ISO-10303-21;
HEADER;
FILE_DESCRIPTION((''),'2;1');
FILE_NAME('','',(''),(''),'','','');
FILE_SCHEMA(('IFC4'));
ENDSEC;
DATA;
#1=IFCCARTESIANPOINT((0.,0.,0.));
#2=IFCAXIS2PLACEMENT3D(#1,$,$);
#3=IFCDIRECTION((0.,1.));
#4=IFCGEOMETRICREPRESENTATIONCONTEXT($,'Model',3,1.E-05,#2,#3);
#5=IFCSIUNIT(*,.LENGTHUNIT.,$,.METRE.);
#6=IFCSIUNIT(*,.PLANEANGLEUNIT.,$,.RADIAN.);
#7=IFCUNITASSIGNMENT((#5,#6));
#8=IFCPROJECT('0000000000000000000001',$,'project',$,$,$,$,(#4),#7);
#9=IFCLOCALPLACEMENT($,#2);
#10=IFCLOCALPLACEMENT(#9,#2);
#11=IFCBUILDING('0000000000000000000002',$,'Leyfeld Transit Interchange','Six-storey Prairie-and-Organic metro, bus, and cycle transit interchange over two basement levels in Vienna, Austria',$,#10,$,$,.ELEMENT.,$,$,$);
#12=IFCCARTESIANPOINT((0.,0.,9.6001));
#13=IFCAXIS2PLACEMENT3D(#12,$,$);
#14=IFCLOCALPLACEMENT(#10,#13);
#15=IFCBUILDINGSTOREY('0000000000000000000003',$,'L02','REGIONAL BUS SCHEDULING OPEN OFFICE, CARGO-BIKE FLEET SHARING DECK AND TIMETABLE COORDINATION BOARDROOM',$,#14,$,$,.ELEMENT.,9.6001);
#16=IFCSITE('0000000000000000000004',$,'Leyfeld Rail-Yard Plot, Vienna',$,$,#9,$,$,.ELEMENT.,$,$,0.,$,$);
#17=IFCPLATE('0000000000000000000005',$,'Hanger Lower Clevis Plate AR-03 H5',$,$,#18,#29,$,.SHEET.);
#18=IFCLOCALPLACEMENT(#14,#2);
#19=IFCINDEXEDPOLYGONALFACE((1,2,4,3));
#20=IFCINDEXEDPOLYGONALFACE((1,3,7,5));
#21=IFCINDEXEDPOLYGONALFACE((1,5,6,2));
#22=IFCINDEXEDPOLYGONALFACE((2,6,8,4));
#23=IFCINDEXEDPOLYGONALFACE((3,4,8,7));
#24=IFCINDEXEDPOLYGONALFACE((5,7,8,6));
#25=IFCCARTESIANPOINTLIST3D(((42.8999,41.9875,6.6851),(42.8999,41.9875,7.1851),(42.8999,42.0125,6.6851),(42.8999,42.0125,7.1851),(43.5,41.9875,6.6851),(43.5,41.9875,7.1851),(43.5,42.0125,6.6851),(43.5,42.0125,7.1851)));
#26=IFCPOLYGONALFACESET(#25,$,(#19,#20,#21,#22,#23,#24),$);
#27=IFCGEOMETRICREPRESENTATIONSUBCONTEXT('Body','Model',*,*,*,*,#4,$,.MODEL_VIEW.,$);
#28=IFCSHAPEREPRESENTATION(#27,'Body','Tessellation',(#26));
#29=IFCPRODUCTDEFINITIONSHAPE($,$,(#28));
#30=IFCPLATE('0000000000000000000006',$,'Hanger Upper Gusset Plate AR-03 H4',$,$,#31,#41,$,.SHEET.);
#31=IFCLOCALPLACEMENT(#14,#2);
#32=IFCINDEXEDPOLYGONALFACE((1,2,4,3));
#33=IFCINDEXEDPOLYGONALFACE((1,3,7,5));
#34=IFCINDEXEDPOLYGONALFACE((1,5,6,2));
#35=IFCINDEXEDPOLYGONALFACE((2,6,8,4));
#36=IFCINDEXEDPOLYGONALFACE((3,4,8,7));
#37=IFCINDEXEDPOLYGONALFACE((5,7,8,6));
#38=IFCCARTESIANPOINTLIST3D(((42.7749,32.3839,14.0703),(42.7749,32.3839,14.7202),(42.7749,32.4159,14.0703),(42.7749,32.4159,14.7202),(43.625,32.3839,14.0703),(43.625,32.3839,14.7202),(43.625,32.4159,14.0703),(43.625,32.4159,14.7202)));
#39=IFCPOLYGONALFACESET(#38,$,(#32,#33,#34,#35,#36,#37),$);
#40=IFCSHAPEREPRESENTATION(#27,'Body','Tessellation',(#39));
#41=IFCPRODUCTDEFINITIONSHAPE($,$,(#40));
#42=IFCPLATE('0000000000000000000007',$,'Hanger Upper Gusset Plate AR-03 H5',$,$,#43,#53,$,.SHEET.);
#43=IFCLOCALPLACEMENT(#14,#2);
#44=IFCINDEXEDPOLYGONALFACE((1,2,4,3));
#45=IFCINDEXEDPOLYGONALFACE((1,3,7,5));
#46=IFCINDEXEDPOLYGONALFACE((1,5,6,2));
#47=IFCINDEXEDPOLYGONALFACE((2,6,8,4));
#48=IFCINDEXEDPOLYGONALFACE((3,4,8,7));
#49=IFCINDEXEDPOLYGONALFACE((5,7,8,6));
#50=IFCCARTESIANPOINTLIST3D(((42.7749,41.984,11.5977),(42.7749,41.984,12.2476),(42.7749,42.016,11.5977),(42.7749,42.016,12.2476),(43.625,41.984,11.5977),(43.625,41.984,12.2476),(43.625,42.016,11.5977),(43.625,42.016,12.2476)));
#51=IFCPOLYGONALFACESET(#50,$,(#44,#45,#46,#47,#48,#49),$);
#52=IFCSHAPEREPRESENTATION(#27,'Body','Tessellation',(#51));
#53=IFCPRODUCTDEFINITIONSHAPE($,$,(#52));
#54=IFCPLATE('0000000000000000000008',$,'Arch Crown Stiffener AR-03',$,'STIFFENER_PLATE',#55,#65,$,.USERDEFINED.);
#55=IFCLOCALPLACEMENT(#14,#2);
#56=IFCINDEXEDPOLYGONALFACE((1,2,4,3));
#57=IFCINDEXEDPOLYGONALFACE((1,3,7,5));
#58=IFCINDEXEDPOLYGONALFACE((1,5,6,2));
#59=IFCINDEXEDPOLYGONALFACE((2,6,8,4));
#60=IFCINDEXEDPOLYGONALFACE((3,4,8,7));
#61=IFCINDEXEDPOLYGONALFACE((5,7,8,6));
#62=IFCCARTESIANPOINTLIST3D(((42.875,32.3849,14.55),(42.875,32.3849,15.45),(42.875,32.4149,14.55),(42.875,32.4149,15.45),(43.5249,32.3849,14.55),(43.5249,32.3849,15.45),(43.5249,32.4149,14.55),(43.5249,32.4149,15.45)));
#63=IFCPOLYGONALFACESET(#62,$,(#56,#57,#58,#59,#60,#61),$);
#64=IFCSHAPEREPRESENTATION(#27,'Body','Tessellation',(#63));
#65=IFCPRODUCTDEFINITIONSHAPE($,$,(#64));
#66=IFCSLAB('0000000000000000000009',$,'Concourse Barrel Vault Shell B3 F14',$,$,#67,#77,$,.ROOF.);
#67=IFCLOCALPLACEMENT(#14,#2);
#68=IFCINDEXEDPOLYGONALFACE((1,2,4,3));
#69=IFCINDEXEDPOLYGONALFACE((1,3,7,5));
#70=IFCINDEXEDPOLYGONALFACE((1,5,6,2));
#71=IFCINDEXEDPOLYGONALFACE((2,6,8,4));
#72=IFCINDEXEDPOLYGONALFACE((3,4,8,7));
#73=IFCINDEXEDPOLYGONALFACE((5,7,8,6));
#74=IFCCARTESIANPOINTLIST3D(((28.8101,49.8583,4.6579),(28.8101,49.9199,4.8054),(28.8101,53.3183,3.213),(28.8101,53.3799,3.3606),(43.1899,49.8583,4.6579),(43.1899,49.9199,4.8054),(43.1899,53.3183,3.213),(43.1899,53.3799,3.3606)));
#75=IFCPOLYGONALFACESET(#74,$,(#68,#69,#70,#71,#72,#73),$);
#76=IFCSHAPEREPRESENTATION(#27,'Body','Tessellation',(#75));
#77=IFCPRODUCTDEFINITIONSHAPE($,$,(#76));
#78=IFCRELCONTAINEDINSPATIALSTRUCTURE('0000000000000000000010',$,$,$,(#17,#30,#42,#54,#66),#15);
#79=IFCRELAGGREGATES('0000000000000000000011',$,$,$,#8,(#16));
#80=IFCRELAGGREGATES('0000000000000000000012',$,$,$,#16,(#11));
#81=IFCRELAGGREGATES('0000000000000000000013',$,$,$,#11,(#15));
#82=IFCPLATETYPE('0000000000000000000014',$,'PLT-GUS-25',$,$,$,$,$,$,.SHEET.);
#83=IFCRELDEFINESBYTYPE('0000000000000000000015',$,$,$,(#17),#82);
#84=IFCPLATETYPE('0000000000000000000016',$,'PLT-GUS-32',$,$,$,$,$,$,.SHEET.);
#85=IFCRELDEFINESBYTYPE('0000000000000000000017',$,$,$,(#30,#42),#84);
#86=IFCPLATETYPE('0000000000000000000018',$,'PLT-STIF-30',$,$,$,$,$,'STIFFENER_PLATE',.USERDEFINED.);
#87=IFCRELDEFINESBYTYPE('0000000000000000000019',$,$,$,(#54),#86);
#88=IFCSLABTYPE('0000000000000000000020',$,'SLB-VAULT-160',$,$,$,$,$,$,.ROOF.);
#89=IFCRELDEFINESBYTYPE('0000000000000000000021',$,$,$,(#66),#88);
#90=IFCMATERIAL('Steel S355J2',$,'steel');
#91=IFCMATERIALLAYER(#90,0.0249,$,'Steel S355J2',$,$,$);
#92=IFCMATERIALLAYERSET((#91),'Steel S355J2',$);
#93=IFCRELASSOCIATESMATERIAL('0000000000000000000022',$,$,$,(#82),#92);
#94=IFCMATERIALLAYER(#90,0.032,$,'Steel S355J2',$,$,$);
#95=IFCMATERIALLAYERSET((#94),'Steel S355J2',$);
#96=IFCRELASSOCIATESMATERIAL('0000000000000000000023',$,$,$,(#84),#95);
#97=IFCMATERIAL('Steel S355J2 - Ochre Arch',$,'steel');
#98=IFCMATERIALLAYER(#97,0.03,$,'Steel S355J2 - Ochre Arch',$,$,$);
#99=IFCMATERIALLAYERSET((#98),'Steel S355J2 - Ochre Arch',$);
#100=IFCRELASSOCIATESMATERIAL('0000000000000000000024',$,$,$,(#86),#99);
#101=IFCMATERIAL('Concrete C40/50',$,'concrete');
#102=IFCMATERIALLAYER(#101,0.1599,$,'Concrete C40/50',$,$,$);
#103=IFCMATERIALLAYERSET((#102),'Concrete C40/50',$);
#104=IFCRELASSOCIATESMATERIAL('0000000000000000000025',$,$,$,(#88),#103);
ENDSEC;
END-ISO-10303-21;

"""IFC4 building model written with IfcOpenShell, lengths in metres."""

from ifc_helpers import new_model, si_unit, direction, frame, origin, origin_2d, place, context, subcontext, project, spatial, polyline, rectangle, outline, extrude, material, layer, layer_set, type_object, element, save


model = new_model("IFC4")

# Units and contexts
model_context = context("Model", 3, precision=1e-05, world=origin(), true_north=direction((0.0, 1.0)))
body_context = subcontext(model_context, "Body", "Model", "MODEL_VIEW")
ifc_project = project(units=[si_unit("LENGTHUNIT", "METRE"), si_unit("PLANEANGLEUNIT", "RADIAN")], contexts=[model_context])

# Site, building, storey
site_placement = place(None, origin())
site = spatial("IfcSite", under=ifc_project, at=site_placement, Name="Leyfeld Rail-Yard Plot, Vienna", CompositionType="ELEMENT", RefElevation=0.0)
building_placement = place(site_placement, origin())
building = spatial("IfcBuilding", under=site, at=building_placement, Name="Leyfeld Transit Interchange", Description="Six-storey Prairie-and-Organic metro, bus, and cycle transit interchange over two basement levels in Vienna, Austria", CompositionType="ELEMENT")
storey_placement = place(building_placement, frame((0.0, 0.0, 9.6001)))
storey = spatial("IfcBuildingStorey", under=building, at=storey_placement, Name="L02", Description="REGIONAL BUS SCHEDULING OPEN OFFICE, CARGO-BIKE FLEET SHARING DECK AND TIMETABLE COORDINATION BOARDROOM", CompositionType="ELEMENT", Elevation=9.6001)

# Shared definitions
ifc_material_1 = material(Name="Concrete C40/50", Category="concrete")

# Shared definitions
ifc_material_2 = material(Name="Steel S355J2 - Ochre Arch", Category="steel")
ifc_material_3 = material(Name="Steel S355J2", Category="steel")

# Plates
ifc_layer_1 = layer(ifc_material_3, 0.0249, Name="Steel S355J2")
ifc_layer_set_1 = layer_set([ifc_layer_1], Name="Steel S355J2")
plate_type_1 = type_object("IfcPlateType", Name="PLT-GUS-25", PredefinedType="SHEET", material=ifc_layer_set_1)
for number, where, z_axis, x_axis, name in (
    (1, (43.2, 42.0, 6.6851), (0.0, 0.0, 1.0), (1.0, 0.0, 0.0), "Hanger Lower Clevis Plate AR-03 H5"),
):
    element("IfcPlate", number, at=place(storey_placement, frame(where, z_axis=z_axis, x_axis=x_axis)), inside=storey, type_object=plate_type_1, Name=name, PredefinedType="SHEET", context=body_context, shape_type="SweptSolid", body=[
        extrude(rectangle(XDim=0.6001, YDim=0.0249, at=origin_2d()), origin(), (0.0, 0.0, 1.0), 0.5),
    ])
ifc_layer_2 = layer(ifc_material_3, 0.032, Name="Steel S355J2")
ifc_layer_set_2 = layer_set([ifc_layer_2], Name="Steel S355J2")
plate_type_2 = type_object("IfcPlateType", Name="PLT-GUS-32", PredefinedType="SHEET", material=ifc_layer_set_2)
for number, where, z_axis, x_axis, name in (
    (2, (43.2, 32.3999, 14.0703), (0.0, 0.0, 1.0), (1.0, 0.0, 0.0), "Hanger Upper Gusset Plate AR-03 H4"),
    (3, (43.2, 42.0, 11.5977), (0.0, 0.0, 1.0), (1.0, 0.0, 0.0), "Hanger Upper Gusset Plate AR-03 H5"),
):
    element("IfcPlate", number, at=place(storey_placement, frame(where, z_axis=z_axis, x_axis=x_axis)), inside=storey, type_object=plate_type_2, Name=name, PredefinedType="SHEET", context=body_context, shape_type="SweptSolid", body=[
        extrude(rectangle(XDim=0.8501, YDim=0.032, at=origin_2d()), origin(), (0.0, 0.0, 1.0), 0.6499),
    ])
ifc_layer_3 = layer(ifc_material_2, 0.03, Name="Steel S355J2 - Ochre Arch")
ifc_layer_set_3 = layer_set([ifc_layer_3], Name="Steel S355J2 - Ochre Arch")
plate_type_3 = type_object("IfcPlateType", Name="PLT-STIF-30", ElementType="STIFFENER_PLATE", PredefinedType="USERDEFINED", material=ifc_layer_set_3)
plate_placement = place(storey_placement, frame((43.2, 32.3999, 14.55), z_axis=(0.0, 0.0, 1.0), x_axis=(1.0, 0.0, 0.0)))
element("IfcPlate", 4, at=plate_placement, inside=storey, type_object=plate_type_3, Name="Arch Crown Stiffener AR-03", ObjectType="STIFFENER_PLATE", PredefinedType="USERDEFINED", context=body_context, shape_type="SweptSolid", body=[
    extrude(rectangle(XDim=0.6499, YDim=0.03, at=origin_2d()), origin(), (0.0, 0.0, 1.0), 0.8999),
])

# Slab
ifc_layer_4 = layer(ifc_material_1, 0.1599, Name="Concrete C40/50")
ifc_layer_set_4 = layer_set([ifc_layer_4], Name="Concrete C40/50")
slab_type = type_object("IfcSlabType", Name="SLB-VAULT-160", PredefinedType="ROOF", material=ifc_layer_set_4)
slab_placement = place(storey_placement, frame((28.8101, 49.9199, 4.8054), z_axis=(0.0, 0.385337, 0.922776), x_axis=(1.0, 0.0, 0.0)))
element("IfcSlab", 5, at=slab_placement, inside=storey, type_object=slab_type, Name="Concourse Barrel Vault Shell B3 F14", PredefinedType="ROOF", context=body_context, shape_type="SweptSolid", body=[
    extrude(outline(polyline([(0.0, 0.0), (14.3799, 0.0), (14.3799, 3.7495), (0.0, 3.7495), (0.0, 0.0)])), origin(), (0.0, 0.0, -1.0), 0.1599),
])

save(model, "model.ifc")
